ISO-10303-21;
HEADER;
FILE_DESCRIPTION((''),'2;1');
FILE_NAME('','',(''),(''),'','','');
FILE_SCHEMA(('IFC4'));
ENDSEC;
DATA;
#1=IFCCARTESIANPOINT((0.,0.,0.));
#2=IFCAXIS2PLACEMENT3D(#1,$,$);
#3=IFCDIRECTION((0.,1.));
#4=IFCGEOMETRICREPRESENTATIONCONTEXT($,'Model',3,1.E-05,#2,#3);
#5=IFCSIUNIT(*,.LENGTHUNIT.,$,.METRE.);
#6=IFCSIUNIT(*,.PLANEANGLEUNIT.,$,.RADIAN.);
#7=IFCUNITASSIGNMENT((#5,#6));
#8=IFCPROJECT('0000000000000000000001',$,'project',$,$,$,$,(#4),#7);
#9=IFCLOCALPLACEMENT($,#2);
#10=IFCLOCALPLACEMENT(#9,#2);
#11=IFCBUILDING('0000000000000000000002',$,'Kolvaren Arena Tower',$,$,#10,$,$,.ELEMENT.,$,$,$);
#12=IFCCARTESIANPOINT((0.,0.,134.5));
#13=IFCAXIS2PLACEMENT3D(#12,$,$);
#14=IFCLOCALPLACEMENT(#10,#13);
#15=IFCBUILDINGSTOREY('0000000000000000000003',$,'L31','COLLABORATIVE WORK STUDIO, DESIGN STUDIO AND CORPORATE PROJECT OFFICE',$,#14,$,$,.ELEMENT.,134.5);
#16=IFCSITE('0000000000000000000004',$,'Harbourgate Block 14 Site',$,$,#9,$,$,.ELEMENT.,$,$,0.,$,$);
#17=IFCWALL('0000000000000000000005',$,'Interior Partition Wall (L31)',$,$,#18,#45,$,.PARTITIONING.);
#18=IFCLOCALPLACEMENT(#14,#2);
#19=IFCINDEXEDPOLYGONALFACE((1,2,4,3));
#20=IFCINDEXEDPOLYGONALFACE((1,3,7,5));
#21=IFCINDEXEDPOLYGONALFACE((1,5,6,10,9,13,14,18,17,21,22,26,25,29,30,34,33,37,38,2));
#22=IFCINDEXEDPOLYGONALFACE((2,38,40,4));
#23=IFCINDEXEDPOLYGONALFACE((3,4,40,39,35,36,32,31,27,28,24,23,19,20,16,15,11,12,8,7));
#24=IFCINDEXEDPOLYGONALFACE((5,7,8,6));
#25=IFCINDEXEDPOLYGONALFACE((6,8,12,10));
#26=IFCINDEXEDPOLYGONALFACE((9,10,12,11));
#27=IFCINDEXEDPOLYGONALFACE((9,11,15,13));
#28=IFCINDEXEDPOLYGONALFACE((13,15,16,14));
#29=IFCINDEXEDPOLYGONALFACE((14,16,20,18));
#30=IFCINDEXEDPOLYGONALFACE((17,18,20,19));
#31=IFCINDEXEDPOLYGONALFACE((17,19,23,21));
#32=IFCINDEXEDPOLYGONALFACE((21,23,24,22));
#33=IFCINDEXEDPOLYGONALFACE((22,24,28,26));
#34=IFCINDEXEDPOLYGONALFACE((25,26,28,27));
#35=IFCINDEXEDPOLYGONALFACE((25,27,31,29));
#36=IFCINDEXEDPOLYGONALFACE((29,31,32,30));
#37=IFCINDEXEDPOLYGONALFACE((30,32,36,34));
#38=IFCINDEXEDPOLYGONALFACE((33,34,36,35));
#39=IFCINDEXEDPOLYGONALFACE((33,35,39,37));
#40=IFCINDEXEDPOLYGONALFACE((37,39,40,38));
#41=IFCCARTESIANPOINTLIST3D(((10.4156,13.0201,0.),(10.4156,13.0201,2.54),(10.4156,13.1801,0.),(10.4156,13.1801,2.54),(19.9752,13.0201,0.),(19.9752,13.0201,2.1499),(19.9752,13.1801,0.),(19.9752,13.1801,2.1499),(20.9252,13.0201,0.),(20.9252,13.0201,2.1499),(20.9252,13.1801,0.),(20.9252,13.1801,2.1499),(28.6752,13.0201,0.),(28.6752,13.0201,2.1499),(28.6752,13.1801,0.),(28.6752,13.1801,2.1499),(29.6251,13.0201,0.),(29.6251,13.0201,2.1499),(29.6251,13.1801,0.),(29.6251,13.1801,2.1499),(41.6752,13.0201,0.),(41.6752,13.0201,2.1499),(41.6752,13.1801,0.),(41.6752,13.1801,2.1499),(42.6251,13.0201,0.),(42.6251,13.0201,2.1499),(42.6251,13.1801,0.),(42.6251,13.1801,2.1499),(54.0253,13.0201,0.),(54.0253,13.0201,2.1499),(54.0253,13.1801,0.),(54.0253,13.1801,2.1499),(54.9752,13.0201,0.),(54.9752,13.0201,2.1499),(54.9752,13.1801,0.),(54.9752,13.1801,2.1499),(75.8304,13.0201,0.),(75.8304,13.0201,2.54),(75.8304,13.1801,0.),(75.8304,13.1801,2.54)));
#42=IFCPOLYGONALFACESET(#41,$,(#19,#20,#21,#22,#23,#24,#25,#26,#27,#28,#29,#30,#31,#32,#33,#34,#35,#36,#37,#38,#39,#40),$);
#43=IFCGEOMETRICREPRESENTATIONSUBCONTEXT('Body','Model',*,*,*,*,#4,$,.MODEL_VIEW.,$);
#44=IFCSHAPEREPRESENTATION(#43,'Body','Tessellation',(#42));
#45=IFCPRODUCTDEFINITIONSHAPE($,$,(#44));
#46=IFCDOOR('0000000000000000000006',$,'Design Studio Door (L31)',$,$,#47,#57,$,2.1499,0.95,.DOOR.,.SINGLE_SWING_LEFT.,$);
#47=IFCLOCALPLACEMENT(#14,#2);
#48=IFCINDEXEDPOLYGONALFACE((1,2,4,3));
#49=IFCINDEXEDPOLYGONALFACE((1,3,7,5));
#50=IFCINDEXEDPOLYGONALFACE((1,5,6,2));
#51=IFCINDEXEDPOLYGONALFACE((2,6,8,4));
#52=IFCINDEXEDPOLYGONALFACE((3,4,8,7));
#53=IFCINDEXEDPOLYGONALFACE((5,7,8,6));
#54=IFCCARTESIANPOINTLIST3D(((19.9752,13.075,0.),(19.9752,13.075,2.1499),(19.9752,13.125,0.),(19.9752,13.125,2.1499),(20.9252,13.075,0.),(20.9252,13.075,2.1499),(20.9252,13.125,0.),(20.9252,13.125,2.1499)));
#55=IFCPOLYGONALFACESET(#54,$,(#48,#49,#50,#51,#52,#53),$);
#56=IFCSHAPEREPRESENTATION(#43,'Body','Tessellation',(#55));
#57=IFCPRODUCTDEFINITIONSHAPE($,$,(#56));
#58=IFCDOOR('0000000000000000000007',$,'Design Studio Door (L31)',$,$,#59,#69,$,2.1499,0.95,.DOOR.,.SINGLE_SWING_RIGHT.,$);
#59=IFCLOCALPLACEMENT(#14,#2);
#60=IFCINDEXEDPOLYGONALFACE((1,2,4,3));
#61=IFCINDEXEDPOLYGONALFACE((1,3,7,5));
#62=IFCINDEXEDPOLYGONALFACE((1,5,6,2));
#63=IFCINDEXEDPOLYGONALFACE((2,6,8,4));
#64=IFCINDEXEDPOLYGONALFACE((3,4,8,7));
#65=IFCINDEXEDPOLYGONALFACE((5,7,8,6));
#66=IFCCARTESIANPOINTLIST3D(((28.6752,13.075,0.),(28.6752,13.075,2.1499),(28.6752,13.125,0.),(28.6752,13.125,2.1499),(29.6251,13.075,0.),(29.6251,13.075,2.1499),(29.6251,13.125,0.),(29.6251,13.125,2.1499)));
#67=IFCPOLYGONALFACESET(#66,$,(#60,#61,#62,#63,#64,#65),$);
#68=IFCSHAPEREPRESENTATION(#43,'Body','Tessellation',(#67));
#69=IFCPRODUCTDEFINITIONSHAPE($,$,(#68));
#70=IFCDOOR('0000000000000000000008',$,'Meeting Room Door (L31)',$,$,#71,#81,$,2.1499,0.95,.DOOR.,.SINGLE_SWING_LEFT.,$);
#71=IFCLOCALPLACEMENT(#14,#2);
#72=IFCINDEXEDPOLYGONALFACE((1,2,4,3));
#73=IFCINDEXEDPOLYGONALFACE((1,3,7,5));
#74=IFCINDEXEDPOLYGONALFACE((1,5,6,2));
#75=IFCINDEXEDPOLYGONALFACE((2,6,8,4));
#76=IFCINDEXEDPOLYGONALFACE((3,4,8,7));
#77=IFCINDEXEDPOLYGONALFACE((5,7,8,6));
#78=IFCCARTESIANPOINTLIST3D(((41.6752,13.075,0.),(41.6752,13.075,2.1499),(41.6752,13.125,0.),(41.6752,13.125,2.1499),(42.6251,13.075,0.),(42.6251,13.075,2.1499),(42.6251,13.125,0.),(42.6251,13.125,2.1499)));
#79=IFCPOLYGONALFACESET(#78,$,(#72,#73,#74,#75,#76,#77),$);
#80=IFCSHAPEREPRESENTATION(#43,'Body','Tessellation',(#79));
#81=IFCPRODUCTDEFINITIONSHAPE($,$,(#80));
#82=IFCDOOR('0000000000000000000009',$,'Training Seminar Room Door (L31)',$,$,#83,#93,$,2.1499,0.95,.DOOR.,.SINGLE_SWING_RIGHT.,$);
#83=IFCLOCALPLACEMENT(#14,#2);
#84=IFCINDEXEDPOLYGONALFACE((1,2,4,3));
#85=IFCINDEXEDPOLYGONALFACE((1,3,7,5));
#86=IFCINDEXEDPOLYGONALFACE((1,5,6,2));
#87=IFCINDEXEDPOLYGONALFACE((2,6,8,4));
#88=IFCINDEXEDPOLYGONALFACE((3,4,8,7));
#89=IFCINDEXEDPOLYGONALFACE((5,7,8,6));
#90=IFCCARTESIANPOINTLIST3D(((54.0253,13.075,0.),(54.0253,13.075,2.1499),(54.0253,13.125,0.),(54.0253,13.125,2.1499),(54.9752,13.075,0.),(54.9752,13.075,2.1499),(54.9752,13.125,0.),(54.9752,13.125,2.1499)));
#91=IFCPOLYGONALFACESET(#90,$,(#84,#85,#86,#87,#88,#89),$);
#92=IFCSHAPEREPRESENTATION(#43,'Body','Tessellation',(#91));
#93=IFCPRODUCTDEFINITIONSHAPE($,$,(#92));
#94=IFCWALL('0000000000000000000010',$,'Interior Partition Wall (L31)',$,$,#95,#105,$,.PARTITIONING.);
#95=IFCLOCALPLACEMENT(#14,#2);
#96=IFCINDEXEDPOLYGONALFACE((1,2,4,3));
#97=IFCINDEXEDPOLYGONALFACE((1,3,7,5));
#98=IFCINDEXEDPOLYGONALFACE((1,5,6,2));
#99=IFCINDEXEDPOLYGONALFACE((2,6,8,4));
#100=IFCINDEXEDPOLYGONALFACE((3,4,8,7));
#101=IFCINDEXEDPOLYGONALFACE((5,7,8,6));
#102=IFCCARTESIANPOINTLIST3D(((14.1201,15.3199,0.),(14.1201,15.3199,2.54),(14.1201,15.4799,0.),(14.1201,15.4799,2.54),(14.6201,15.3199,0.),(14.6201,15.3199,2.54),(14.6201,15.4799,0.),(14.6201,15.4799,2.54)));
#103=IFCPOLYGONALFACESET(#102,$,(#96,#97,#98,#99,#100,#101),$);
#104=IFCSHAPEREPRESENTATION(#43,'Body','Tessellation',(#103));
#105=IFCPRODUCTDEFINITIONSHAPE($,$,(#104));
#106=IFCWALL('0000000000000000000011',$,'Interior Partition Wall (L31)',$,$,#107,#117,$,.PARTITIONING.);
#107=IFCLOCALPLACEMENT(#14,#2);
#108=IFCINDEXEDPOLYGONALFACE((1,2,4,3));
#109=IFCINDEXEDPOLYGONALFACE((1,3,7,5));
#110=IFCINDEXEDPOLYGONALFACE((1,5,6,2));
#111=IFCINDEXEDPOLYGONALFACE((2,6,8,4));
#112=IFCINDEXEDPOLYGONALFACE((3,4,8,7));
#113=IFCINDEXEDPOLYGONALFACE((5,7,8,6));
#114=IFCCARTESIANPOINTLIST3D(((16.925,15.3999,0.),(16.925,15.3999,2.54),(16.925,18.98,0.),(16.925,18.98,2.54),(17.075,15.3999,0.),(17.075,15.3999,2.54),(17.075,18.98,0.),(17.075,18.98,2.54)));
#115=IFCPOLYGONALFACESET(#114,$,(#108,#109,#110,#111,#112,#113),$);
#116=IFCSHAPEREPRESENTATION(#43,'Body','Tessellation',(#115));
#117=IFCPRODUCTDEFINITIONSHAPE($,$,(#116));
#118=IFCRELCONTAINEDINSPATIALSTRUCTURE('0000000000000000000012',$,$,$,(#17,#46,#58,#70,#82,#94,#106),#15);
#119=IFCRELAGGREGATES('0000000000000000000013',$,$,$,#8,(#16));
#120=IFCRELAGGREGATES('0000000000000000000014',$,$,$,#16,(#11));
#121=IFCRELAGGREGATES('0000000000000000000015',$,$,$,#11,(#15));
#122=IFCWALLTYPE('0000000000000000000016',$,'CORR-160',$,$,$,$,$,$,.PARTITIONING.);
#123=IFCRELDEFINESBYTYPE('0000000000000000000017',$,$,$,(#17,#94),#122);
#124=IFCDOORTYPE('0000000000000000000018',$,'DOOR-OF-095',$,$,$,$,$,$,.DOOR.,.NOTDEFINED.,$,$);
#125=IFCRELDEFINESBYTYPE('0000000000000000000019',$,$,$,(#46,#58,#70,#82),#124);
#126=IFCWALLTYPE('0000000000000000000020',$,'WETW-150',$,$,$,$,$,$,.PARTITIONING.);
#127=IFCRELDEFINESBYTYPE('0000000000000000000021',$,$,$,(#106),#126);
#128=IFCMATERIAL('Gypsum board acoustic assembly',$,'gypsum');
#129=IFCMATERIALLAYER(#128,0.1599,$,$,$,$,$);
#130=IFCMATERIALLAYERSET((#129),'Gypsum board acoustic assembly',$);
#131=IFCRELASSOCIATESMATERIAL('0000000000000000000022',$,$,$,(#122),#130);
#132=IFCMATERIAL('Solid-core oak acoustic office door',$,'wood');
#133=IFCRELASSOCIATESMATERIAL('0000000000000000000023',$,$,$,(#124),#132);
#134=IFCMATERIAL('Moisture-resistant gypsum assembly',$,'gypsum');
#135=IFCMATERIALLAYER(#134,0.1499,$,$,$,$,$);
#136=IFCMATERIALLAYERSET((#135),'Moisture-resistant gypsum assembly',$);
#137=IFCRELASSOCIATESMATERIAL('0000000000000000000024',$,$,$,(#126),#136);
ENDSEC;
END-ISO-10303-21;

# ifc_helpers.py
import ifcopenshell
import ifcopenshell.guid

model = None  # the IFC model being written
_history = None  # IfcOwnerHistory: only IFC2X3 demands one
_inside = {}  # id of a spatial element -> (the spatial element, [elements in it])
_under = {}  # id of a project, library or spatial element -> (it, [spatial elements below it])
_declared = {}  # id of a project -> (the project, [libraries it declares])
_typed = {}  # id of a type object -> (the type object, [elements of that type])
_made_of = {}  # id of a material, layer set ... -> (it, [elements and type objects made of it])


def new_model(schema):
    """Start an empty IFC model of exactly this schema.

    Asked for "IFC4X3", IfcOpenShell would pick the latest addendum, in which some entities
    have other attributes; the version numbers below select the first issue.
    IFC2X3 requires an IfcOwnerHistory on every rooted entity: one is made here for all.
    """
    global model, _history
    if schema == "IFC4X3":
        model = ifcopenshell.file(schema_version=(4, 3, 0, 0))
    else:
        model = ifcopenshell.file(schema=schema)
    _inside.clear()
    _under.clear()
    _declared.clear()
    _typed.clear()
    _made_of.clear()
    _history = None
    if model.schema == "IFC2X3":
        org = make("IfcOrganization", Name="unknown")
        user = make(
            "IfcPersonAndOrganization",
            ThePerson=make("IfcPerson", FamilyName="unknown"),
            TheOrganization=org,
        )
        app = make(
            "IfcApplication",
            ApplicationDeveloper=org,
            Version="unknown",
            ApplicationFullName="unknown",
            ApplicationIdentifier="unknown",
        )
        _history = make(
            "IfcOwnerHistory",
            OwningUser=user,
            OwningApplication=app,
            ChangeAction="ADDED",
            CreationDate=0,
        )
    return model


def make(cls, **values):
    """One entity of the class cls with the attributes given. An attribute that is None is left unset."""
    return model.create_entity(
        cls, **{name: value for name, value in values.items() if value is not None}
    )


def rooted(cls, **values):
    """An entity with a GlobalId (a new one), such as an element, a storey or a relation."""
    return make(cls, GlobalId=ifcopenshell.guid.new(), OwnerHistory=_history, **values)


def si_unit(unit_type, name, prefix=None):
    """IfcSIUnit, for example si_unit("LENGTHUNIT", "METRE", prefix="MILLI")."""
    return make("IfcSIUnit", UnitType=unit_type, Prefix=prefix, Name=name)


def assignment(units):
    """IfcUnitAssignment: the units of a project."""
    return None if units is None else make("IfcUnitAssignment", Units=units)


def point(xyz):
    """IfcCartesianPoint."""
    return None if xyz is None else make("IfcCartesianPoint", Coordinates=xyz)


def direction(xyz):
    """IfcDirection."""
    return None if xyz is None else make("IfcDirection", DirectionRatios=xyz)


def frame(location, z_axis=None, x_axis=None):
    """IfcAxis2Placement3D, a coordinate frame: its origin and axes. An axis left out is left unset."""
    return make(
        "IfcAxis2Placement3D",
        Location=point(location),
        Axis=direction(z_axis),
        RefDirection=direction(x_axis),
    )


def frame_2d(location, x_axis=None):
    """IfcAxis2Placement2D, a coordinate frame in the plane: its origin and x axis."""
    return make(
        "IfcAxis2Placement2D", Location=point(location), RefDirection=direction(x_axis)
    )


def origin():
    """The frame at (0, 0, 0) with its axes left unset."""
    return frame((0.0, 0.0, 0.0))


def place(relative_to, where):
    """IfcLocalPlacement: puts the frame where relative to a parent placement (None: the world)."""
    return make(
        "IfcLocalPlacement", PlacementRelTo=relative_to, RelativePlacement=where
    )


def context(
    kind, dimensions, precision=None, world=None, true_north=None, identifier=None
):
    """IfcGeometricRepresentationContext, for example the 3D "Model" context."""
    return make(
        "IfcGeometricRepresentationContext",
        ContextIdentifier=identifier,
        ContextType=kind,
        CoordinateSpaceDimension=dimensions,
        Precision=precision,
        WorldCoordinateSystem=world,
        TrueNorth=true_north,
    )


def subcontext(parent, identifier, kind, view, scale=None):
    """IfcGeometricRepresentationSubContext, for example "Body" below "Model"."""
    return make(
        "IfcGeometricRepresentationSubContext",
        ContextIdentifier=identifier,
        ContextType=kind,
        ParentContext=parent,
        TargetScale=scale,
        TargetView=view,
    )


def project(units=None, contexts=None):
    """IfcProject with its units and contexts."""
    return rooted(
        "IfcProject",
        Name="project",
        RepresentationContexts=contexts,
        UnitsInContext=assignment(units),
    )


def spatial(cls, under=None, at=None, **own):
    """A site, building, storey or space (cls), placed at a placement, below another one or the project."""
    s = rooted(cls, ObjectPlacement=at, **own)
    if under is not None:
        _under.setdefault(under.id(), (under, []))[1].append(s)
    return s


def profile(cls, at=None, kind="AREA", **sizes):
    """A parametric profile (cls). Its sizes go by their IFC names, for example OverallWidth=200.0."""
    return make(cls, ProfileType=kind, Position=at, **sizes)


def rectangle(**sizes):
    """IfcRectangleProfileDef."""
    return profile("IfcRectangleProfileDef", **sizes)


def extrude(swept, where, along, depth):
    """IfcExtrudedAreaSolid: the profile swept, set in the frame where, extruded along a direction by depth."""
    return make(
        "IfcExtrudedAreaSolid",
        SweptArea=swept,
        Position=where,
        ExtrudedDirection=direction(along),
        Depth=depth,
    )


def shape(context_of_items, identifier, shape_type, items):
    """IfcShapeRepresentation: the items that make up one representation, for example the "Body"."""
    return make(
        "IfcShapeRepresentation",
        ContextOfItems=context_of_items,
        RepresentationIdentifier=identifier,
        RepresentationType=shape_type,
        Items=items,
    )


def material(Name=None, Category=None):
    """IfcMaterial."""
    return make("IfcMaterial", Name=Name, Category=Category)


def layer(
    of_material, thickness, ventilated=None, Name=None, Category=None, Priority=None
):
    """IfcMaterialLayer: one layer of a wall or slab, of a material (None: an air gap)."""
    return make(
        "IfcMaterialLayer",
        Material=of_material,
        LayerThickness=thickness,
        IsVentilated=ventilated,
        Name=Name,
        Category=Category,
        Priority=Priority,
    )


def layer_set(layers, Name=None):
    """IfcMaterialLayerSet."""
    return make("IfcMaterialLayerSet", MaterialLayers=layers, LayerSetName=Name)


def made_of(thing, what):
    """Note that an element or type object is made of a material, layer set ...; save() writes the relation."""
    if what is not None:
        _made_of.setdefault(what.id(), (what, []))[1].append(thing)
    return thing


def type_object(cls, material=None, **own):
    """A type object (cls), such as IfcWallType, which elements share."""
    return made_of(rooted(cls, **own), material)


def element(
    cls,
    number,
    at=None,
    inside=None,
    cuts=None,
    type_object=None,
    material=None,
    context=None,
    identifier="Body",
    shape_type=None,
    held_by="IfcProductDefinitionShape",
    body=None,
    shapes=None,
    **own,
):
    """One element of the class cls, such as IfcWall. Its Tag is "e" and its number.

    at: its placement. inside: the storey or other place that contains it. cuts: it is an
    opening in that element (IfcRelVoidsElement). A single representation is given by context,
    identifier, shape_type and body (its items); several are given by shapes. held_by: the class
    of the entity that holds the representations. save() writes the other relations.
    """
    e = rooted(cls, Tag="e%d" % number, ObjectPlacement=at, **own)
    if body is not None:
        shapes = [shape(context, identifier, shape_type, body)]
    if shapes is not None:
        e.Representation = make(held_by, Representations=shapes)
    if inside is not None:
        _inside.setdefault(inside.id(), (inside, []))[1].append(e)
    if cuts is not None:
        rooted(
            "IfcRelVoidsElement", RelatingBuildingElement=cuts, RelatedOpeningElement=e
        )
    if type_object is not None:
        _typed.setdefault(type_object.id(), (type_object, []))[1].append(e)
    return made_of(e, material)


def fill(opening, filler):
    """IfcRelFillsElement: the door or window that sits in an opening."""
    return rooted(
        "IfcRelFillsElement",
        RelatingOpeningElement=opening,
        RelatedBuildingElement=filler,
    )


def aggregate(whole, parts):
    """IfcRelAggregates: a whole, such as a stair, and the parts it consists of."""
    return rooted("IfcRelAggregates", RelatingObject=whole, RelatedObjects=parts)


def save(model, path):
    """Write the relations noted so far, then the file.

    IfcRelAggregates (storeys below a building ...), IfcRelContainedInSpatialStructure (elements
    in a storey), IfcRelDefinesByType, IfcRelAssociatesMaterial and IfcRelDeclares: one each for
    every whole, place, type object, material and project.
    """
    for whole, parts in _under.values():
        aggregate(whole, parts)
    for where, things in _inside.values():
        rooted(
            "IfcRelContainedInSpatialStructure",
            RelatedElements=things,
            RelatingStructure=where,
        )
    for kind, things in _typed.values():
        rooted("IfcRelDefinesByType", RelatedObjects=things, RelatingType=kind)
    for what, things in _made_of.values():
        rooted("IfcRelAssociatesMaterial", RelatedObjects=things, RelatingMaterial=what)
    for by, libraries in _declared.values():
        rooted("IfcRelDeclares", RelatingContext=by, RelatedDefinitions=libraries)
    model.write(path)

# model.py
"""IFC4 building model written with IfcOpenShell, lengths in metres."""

from ifc_helpers import new_model, si_unit, direction, frame, frame_2d, origin, place, context, subcontext, project, spatial, rectangle, extrude, material, layer, layer_set, type_object, element, fill, save


model = new_model("IFC4")

# Units and contexts
model_context = context("Model", 3, precision=1e-05, world=origin(), true_north=direction((0.0, 1.0)))
body_context = subcontext(model_context, "Body", "Model", "MODEL_VIEW")
ifc_project = project(units=[si_unit("LENGTHUNIT", "METRE"), si_unit("PLANEANGLEUNIT", "RADIAN")], contexts=[model_context])

# Site, building, storey
site_placement = place(None, origin())
site = spatial("IfcSite", under=ifc_project, at=site_placement, Name="Harbourgate Block 14 Site", CompositionType="ELEMENT", RefElevation=0.0)
building_placement = place(site_placement, origin())
building = spatial("IfcBuilding", under=site, at=building_placement, Name="Kolvaren Arena Tower", CompositionType="ELEMENT")
storey_placement = place(building_placement, frame((0.0, 0.0, 134.5)))
storey = spatial("IfcBuildingStorey", under=building, at=storey_placement, Name="L31", Description="COLLABORATIVE WORK STUDIO, DESIGN STUDIO AND CORPORATE PROJECT OFFICE", CompositionType="ELEMENT", Elevation=134.5)

# Wall, openings, doors
ifc_material_1 = material(Name="Gypsum board acoustic assembly", Category="gypsum")
ifc_layer_1 = layer(ifc_material_1, 0.1599)
ifc_layer_set_1 = layer_set([ifc_layer_1], Name="Gypsum board acoustic assembly")
wall_type_1 = type_object("IfcWallType", Name="CORR-160", PredefinedType="PARTITIONING", material=ifc_layer_set_1)
wall_1_placement = place(storey_placement, frame((10.4155, 13.1001, 0.0), z_axis=(0.0, 0.0, 1.0), x_axis=(1.0, 0.0, 0.0)))
wall_1 = element("IfcWall", 1, at=wall_1_placement, inside=storey, type_object=wall_type_1, Name="Interior Partition Wall (L31)", PredefinedType="PARTITIONING", context=body_context, shape_type="SweptSolid", body=[
    extrude(rectangle(XDim=65.4148, YDim=0.1599, at=frame_2d((32.7075, 0.0))), origin(), (0.0, 0.0, 1.0), 2.54),
])
opening_1_placement = place(wall_1_placement, frame((9.5596, 0.0, 0.0)))
opening_1 = element("IfcOpeningElement", 2, at=opening_1_placement, cuts=wall_1, PredefinedType="OPENING", context=body_context, shape_type="SweptSolid", body=[
    extrude(rectangle(XDim=0.95, YDim=2.1499, at=frame_2d((0.4751, 1.075))), frame((0.0, 0.0898, 0.0), z_axis=(0.0, -1.0, 0.0), x_axis=(1.0, 0.0, 0.0)), (0.0, 0.0, 1.0), 0.1799),
])
opening_2_placement = place(wall_1_placement, frame((18.2595, 0.0, 0.0)))
opening_2 = element("IfcOpeningElement", 3, at=opening_2_placement, cuts=wall_1, PredefinedType="OPENING", context=body_context, shape_type="SweptSolid", body=[
    extrude(rectangle(XDim=0.95, YDim=2.1499, at=frame_2d((0.4751, 1.075))), frame((0.0, 0.0898, 0.0), z_axis=(0.0, -1.0, 0.0), x_axis=(1.0, 0.0, 0.0)), (0.0, 0.0, 1.0), 0.1799),
])
opening_3_placement = place(wall_1_placement, frame((31.2595, 0.0, 0.0)))
opening_3 = element("IfcOpeningElement", 4, at=opening_3_placement, cuts=wall_1, PredefinedType="OPENING", context=body_context, shape_type="SweptSolid", body=[
    extrude(rectangle(XDim=0.95, YDim=2.1499, at=frame_2d((0.4751, 1.075))), frame((0.0, 0.0898, 0.0), z_axis=(0.0, -1.0, 0.0), x_axis=(1.0, 0.0, 0.0)), (0.0, 0.0, 1.0), 0.1799),
])
opening_4_placement = place(wall_1_placement, frame((43.6096, 0.0, 0.0)))
opening_4 = element("IfcOpeningElement", 5, at=opening_4_placement, cuts=wall_1, PredefinedType="OPENING", context=body_context, shape_type="SweptSolid", body=[
    extrude(rectangle(XDim=0.95, YDim=2.1499, at=frame_2d((0.4751, 1.075))), frame((0.0, 0.0898, 0.0), z_axis=(0.0, -1.0, 0.0), x_axis=(1.0, 0.0, 0.0)), (0.0, 0.0, 1.0), 0.1799),
])
ifc_material_2 = material(Name="Solid-core oak acoustic office door", Category="wood")
door_type_1 = type_object("IfcDoorType", Name="DOOR-OF-095", OperationType="NOTDEFINED", PredefinedType="DOOR", material=ifc_material_2)
door_1_placement = place(opening_1_placement, origin())
door_1 = element("IfcDoor", 6, at=door_1_placement, inside=storey, type_object=door_type_1, Name="Design Studio Door (L31)", OperationType="SINGLE_SWING_LEFT", OverallHeight=2.1499, OverallWidth=0.95, PredefinedType="DOOR", context=body_context, shape_type="SweptSolid", body=[
    extrude(rectangle(XDim=0.95, YDim=2.1499, at=frame_2d((0.4751, 1.075))), frame((0.0, 0.0249, 0.0), z_axis=(0.0, -1.0, 0.0), x_axis=(1.0, 0.0, 0.0)), (0.0, 0.0, 1.0), 0.05),
])
fill(opening_1, door_1)
door_2_placement = place(opening_2_placement, origin())
door_2 = element("IfcDoor", 7, at=door_2_placement, inside=storey, type_object=door_type_1, Name="Design Studio Door (L31)", OperationType="SINGLE_SWING_RIGHT", OverallHeight=2.1499, OverallWidth=0.95, PredefinedType="DOOR", context=body_context, shape_type="SweptSolid", body=[
    extrude(rectangle(XDim=0.95, YDim=2.1499, at=frame_2d((0.4751, 1.075))), frame((0.0, 0.0249, 0.0), z_axis=(0.0, -1.0, 0.0), x_axis=(1.0, 0.0, 0.0)), (0.0, 0.0, 1.0), 0.05),
])
fill(opening_2, door_2)
door_3_placement = place(opening_3_placement, origin())
door_3 = element("IfcDoor", 8, at=door_3_placement, inside=storey, type_object=door_type_1, Name="Meeting Room Door (L31)", OperationType="SINGLE_SWING_LEFT", OverallHeight=2.1499, OverallWidth=0.95, PredefinedType="DOOR", context=body_context, shape_type="SweptSolid", body=[
    extrude(rectangle(XDim=0.95, YDim=2.1499, at=frame_2d((0.4751, 1.075))), frame((0.0, 0.0249, 0.0), z_axis=(0.0, -1.0, 0.0), x_axis=(1.0, 0.0, 0.0)), (0.0, 0.0, 1.0), 0.05),
])
fill(opening_3, door_3)
door_4_placement = place(opening_4_placement, origin())
door_4 = element("IfcDoor", 9, at=door_4_placement, inside=storey, type_object=door_type_1, Name="Training Seminar Room Door (L31)", OperationType="SINGLE_SWING_RIGHT", OverallHeight=2.1499, OverallWidth=0.95, PredefinedType="DOOR", context=body_context, shape_type="SweptSolid", body=[
    extrude(rectangle(XDim=0.95, YDim=2.1499, at=frame_2d((0.4751, 1.075))), frame((0.0, 0.0249, 0.0), z_axis=(0.0, -1.0, 0.0), x_axis=(1.0, 0.0, 0.0)), (0.0, 0.0, 1.0), 0.05),
])
fill(opening_4, door_4)

# Walls
wall_2_placement = place(storey_placement, frame((14.1201, 15.3999, 0.0), z_axis=(0.0, 0.0, 1.0), x_axis=(1.0, 0.0, 0.0)))
element("IfcWall", 10, at=wall_2_placement, inside=storey, type_object=wall_type_1, Name="Interior Partition Wall (L31)", PredefinedType="PARTITIONING", context=body_context, shape_type="SweptSolid", body=[
    extrude(rectangle(XDim=0.5, YDim=0.1599, at=frame_2d((0.25, 0.0))), origin(), (0.0, 0.0, 1.0), 2.54),
])
ifc_material_3 = material(Name="Moisture-resistant gypsum assembly", Category="gypsum")
ifc_layer_2 = layer(ifc_material_3, 0.1499)
ifc_layer_set_2 = layer_set([ifc_layer_2], Name="Moisture-resistant gypsum assembly")
wall_type_2 = type_object("IfcWallType", Name="WETW-150", PredefinedType="PARTITIONING", material=ifc_layer_set_2)
wall_3_placement = place(storey_placement, frame((17.0, 15.3999, 0.0), z_axis=(0.0, 0.0, 1.0), x_axis=(0.0, 1.0, 0.0)))
element("IfcWall", 11, at=wall_3_placement, inside=storey, type_object=wall_type_2, Name="Interior Partition Wall (L31)", PredefinedType="PARTITIONING", context=body_context, shape_type="SweptSolid", body=[
    extrude(rectangle(XDim=3.5801, YDim=0.1499, at=frame_2d((1.79, 0.0))), origin(), (0.0, 0.0, 1.0), 2.54),
])

save(model, "model.ifc")
